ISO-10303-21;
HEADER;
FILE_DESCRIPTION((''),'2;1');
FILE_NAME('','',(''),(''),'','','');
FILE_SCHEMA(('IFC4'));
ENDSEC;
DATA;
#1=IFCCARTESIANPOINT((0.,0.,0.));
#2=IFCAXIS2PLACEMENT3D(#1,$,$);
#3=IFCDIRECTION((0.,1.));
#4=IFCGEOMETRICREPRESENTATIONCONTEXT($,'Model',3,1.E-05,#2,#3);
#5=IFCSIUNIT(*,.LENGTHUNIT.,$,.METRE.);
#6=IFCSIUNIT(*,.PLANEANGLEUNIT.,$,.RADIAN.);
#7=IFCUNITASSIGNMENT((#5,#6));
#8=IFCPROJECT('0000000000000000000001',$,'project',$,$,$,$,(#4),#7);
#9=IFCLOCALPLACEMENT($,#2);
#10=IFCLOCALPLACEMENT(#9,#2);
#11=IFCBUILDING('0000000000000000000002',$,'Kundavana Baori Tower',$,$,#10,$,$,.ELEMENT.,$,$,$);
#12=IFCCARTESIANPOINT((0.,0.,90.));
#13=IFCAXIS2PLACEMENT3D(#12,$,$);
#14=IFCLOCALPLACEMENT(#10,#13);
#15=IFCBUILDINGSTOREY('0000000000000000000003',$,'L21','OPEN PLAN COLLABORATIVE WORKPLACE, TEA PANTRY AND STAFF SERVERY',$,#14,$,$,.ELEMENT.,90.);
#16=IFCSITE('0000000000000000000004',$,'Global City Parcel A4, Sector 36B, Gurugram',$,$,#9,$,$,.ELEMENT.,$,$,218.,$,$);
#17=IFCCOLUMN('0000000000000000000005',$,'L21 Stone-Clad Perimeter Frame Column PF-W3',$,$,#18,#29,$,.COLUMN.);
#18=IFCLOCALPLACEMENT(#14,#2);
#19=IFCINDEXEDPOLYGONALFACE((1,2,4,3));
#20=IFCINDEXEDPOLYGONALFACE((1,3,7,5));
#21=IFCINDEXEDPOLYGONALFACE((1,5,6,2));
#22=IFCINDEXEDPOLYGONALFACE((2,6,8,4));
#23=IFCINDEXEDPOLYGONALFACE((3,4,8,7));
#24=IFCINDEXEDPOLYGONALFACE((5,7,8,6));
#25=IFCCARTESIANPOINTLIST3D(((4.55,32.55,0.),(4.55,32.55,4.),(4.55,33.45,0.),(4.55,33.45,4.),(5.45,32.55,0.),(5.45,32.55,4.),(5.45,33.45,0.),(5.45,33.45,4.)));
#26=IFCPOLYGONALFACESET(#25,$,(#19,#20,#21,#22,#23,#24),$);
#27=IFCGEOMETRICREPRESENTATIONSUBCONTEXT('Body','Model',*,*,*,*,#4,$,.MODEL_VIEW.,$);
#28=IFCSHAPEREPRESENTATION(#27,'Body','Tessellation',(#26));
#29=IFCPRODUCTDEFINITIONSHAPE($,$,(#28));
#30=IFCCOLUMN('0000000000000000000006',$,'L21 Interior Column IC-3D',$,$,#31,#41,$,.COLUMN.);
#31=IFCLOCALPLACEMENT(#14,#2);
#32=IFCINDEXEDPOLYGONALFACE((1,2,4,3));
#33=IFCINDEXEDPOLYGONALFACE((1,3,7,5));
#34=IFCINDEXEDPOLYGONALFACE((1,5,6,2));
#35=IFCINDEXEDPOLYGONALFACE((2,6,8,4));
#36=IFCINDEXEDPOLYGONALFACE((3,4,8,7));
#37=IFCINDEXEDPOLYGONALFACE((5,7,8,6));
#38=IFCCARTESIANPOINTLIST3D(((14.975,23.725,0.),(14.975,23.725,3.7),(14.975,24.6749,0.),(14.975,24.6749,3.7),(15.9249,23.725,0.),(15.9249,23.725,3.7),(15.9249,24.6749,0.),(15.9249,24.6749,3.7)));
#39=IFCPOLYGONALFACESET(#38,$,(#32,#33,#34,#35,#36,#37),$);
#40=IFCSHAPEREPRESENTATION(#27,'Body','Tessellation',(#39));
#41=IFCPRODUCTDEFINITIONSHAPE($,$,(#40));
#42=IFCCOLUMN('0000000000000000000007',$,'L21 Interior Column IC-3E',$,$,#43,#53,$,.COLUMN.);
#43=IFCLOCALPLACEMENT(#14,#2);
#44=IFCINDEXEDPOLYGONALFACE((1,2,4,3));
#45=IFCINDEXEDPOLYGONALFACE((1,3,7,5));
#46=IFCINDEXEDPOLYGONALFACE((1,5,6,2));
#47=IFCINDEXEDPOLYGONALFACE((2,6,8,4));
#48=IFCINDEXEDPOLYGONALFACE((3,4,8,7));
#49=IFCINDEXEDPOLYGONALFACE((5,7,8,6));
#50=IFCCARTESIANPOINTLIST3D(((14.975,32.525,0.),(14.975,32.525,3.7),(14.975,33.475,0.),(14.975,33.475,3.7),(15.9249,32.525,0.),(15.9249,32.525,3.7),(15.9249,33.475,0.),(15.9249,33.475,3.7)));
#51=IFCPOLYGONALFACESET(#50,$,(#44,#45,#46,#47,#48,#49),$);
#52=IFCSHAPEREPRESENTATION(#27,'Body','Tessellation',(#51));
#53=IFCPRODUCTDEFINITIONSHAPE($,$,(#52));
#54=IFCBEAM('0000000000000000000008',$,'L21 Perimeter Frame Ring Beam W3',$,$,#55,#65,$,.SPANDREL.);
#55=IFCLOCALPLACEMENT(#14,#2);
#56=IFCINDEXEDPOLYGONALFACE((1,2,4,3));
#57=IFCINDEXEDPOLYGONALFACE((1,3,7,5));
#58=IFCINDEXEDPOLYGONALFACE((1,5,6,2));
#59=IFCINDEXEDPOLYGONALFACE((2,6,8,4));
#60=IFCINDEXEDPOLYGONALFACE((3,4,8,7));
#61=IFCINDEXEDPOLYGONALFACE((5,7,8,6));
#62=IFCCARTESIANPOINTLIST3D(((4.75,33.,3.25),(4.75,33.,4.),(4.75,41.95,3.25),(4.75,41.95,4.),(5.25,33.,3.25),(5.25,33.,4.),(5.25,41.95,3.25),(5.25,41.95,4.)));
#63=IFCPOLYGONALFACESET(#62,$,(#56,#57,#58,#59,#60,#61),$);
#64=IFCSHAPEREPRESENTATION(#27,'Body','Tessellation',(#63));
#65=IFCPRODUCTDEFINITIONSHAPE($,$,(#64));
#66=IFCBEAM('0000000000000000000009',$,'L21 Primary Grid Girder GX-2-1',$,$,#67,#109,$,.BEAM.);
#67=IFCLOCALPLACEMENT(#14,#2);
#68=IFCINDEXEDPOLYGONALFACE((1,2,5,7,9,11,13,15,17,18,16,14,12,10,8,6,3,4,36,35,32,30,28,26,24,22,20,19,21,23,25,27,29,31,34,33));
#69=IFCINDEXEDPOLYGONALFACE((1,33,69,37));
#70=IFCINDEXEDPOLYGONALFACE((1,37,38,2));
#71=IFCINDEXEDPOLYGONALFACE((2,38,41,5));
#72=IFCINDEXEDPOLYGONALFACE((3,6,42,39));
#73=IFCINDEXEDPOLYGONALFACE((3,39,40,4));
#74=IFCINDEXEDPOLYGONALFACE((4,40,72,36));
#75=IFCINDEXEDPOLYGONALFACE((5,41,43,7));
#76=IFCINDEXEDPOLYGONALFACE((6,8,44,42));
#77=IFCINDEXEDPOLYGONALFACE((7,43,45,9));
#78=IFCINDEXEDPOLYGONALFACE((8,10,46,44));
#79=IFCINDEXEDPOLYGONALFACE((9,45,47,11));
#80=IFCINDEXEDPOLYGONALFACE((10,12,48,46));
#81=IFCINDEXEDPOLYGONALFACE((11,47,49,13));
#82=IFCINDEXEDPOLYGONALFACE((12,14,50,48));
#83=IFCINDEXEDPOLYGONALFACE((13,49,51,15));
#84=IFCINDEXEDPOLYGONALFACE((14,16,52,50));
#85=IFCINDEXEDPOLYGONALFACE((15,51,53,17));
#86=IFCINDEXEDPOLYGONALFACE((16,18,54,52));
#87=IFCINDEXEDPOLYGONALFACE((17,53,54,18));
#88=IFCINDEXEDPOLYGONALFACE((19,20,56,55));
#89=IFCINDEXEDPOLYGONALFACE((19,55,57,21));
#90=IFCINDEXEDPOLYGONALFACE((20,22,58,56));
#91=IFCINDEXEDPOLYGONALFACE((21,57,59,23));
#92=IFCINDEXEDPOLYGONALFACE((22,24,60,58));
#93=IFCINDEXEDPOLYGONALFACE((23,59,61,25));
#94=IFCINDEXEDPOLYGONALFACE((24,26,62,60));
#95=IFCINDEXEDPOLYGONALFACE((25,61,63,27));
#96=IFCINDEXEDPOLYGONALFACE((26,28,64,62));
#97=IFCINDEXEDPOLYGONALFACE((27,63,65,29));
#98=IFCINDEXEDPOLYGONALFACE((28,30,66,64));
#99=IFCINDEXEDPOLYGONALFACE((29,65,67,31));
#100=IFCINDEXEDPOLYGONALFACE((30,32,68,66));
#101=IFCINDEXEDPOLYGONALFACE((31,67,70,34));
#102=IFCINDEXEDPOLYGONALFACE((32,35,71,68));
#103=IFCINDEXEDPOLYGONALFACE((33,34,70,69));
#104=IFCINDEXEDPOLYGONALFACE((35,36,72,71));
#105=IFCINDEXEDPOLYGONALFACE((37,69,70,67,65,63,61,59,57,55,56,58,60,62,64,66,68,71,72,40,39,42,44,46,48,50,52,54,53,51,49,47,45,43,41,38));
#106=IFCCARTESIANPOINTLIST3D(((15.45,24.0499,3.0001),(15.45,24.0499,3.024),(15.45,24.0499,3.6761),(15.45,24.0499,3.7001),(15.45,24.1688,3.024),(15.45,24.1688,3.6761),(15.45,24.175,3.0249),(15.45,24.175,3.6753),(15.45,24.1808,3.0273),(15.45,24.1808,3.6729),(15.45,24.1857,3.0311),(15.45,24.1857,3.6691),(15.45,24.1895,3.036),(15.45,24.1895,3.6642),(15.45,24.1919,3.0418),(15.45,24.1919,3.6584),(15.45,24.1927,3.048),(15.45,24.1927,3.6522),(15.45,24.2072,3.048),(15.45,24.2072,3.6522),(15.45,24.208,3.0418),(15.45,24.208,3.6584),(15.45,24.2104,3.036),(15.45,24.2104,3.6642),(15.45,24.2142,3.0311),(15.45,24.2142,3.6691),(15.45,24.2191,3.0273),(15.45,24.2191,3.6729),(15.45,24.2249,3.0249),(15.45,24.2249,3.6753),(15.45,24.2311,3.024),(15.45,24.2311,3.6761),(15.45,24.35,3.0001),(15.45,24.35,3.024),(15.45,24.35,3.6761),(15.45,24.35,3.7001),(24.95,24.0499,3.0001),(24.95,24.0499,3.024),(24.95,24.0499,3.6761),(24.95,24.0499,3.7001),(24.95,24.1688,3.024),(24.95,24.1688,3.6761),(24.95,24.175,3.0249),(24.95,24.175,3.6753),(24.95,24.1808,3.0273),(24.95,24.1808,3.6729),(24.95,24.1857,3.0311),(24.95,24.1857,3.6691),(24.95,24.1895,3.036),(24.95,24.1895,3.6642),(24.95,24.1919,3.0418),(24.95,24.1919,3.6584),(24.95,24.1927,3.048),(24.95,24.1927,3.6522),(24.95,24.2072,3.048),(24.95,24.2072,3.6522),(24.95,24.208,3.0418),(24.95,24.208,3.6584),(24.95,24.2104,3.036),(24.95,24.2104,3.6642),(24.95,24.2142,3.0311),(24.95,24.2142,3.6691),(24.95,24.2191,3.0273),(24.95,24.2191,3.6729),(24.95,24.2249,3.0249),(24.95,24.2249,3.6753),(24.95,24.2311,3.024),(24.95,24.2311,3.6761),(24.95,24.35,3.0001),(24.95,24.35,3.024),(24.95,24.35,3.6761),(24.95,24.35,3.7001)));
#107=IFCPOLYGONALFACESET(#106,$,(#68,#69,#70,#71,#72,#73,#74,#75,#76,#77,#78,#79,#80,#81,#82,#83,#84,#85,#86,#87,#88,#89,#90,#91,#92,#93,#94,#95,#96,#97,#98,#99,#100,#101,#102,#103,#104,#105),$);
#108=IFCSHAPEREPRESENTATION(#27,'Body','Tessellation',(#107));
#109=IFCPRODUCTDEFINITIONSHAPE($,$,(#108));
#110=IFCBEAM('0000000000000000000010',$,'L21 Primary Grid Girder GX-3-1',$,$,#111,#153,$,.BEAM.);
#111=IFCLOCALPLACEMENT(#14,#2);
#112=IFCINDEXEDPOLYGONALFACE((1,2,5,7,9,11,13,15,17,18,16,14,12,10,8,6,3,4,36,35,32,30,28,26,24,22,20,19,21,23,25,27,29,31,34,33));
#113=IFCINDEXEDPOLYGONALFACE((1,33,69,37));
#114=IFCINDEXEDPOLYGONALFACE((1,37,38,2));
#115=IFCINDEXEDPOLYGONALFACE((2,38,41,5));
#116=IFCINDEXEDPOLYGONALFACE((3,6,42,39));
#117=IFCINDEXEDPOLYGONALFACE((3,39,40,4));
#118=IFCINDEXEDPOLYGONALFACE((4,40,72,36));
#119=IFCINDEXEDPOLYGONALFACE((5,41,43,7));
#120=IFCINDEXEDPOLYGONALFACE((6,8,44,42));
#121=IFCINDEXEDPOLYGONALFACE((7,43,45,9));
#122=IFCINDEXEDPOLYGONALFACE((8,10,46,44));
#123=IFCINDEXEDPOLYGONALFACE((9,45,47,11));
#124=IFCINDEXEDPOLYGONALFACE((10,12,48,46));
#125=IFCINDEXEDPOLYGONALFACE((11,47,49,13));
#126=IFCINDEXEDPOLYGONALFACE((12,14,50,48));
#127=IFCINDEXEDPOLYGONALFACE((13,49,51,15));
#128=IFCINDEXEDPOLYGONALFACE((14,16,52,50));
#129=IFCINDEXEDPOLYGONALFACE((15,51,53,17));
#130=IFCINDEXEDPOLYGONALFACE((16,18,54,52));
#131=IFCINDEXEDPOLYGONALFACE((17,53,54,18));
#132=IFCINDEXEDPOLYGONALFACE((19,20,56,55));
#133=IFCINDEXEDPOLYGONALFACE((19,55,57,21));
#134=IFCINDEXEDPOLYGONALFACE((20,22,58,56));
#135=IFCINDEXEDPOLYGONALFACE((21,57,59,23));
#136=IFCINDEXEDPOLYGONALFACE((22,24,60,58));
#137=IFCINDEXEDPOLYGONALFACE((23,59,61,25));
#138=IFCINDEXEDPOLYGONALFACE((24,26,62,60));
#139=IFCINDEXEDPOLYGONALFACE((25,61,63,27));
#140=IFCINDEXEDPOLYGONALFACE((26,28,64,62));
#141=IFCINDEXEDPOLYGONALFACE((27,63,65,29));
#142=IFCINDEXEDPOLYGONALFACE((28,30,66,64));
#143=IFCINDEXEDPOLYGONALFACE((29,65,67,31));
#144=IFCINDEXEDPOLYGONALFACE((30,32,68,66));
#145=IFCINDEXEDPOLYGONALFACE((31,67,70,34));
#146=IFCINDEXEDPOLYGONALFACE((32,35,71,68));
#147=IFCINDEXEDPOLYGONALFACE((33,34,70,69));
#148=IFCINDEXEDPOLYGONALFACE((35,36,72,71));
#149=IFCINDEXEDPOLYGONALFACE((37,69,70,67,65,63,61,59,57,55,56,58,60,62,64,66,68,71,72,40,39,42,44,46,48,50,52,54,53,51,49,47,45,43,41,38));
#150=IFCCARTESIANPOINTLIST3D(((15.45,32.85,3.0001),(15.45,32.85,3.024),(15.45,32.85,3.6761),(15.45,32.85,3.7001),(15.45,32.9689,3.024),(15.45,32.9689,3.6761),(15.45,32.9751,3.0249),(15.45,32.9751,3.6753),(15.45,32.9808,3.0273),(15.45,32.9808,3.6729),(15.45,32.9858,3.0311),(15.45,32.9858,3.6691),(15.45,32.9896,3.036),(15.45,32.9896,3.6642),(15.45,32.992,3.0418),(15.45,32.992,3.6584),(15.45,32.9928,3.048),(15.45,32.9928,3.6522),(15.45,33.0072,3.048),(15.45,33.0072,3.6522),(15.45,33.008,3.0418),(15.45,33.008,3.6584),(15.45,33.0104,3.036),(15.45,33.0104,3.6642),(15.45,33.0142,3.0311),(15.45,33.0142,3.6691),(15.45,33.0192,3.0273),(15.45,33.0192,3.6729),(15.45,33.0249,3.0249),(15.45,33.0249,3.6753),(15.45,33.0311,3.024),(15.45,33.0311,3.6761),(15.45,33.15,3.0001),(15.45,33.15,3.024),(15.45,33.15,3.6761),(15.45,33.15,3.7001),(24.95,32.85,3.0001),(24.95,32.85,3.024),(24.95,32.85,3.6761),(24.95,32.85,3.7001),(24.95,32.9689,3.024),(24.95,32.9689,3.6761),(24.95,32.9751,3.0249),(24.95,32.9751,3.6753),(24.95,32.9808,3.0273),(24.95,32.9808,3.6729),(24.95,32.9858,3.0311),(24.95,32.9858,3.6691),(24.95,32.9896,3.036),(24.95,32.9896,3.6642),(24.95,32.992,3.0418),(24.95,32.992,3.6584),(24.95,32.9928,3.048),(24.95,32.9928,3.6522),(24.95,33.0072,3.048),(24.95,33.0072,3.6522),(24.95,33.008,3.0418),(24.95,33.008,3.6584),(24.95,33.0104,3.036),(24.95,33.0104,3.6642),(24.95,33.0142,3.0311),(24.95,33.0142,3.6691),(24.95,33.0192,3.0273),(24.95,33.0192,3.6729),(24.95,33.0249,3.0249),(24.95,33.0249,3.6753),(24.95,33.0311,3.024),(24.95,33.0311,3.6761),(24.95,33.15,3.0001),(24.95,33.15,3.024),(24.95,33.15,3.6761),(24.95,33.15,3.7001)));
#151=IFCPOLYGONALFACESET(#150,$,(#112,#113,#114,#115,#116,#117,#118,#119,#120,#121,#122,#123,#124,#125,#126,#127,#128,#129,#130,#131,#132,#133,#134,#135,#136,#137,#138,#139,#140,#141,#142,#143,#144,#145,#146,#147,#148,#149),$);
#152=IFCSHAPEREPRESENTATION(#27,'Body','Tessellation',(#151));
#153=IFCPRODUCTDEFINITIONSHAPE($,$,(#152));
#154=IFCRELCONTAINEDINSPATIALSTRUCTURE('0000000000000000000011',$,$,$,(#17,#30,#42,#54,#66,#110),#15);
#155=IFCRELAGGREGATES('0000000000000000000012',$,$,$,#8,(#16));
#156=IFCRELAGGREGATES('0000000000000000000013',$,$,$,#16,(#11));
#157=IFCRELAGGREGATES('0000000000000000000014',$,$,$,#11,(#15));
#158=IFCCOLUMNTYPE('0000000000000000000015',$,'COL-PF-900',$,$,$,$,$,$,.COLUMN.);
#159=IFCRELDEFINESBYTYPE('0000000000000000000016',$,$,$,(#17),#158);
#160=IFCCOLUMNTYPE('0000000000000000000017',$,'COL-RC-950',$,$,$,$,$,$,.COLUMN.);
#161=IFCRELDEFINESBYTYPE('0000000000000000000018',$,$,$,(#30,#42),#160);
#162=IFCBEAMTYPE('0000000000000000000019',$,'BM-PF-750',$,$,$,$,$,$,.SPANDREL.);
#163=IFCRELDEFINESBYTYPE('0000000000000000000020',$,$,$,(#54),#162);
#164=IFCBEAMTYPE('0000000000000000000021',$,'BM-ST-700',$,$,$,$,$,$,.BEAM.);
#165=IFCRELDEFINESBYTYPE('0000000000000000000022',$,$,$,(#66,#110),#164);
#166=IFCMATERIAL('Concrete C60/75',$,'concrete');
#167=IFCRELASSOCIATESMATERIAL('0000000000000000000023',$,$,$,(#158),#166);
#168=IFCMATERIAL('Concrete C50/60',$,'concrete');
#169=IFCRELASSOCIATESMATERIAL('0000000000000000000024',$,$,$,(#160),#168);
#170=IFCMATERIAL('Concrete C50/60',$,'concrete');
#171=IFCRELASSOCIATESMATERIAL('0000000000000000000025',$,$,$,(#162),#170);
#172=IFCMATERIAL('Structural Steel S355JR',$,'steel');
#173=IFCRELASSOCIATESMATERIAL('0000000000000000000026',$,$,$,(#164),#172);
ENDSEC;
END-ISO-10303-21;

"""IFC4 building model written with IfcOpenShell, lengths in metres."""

from ifc_helpers import new_model, si_unit, direction, frame, origin, origin_2d, place, context, subcontext, project, spatial, rectangle, i_section, extrude, material, material_profile, profile_set, type_object, element, save


model = new_model("IFC4")

# Units and contexts
model_context = context("Model", 3, precision=1e-05, world=origin(), true_north=direction((0.0, 1.0)))
body_context = subcontext(model_context, "Body", "Model", "MODEL_VIEW")
ifc_project = project(units=[si_unit("LENGTHUNIT", "METRE"), si_unit("PLANEANGLEUNIT", "RADIAN")], contexts=[model_context])

# Site, building, storey
site_placement = place(None, origin())
site = spatial("IfcSite", under=ifc_project, at=site_placement, Name="Global City Parcel A4, Sector 36B, Gurugram", CompositionType="ELEMENT", RefElevation=218.0)
building_placement = place(site_placement, origin())
building = spatial("IfcBuilding", under=site, at=building_placement, Name="Kundavana Baori Tower", CompositionType="ELEMENT")
storey_placement = place(building_placement, frame((0.0, 0.0, 90.0)))
storey = spatial("IfcBuildingStorey", under=building, at=storey_placement, Name="L21", Description="OPEN PLAN COLLABORATIVE WORKPLACE, TEA PANTRY AND STAFF SERVERY", CompositionType="ELEMENT", Elevation=90.0)

# Columns
ifc_material_1 = material(Name="Concrete C60/75", Category="concrete")
ifc_material_profile_1 = material_profile(ifc_material_1, rectangle(XDim=0.8999, YDim=0.8999, at=origin_2d()), Name="RC PF 900x900")
ifc_profile_set_1 = profile_set([ifc_material_profile_1], Name="Concrete C60/75")
column_type_1 = type_object("IfcColumnType", Name="COL-PF-900", PredefinedType="COLUMN", material=ifc_profile_set_1)
column_placement = place(storey_placement, frame((5.0, 33.0, 0.0), z_axis=(0.0, 0.0, 1.0), x_axis=(1.0, 0.0, 0.0)))
element("IfcColumn", 1, at=column_placement, inside=storey, type_object=column_type_1, Name="L21 Stone-Clad Perimeter Frame Column PF-W3", PredefinedType="COLUMN", context=body_context, shape_type="SweptSolid", body=[
    extrude(rectangle(XDim=0.8999, YDim=0.8999, at=origin_2d()), origin(), (0.0, 0.0, 1.0), 4.0),
])
ifc_material_2 = material(Name="Concrete C50/60", Category="concrete")
ifc_material_profile_2 = material_profile(ifc_material_2, rectangle(XDim=0.95, YDim=0.95, at=origin_2d()), Name="RC 950x950")
ifc_profile_set_2 = profile_set([ifc_material_profile_2], Name="Concrete C50/60")
column_type_2 = type_object("IfcColumnType", Name="COL-RC-950", PredefinedType="COLUMN", material=ifc_profile_set_2)
for number, where, z_axis, x_axis, name in (
    (2, (15.45, 24.2, 0.0), (0.0, 0.0, 1.0), (1.0, 0.0, 0.0), "L21 Interior Column IC-3D"),
    (3, (15.45, 33.0, 0.0), (0.0, 0.0, 1.0), (1.0, 0.0, 0.0), "L21 Interior Column IC-3E"),
):
    element("IfcColumn", number, at=place(storey_placement, frame(where, z_axis=z_axis, x_axis=x_axis)), inside=storey, type_object=column_type_2, Name=name, PredefinedType="COLUMN", context=body_context, shape_type="SweptSolid", body=[
        extrude(rectangle(XDim=0.95, YDim=0.95, at=origin_2d()), origin(), (0.0, 0.0, 1.0), 3.7),
    ])

# Beams
ifc_material_3 = material(Name="Concrete C50/60", Category="concrete")
ifc_material_profile_3 = material_profile(ifc_material_3, rectangle(XDim=0.5, YDim=0.75, at=origin_2d()), Name="RC BM 500x750")
ifc_profile_set_3 = profile_set([ifc_material_profile_3], Name="Concrete C50/60")
beam_type_1 = type_object("IfcBeamType", Name="BM-PF-750", PredefinedType="SPANDREL", material=ifc_profile_set_3)
beam_placement = place(storey_placement, frame((5.0, 33.0, 3.625), z_axis=(0.0, 1.0, 0.0), x_axis=(-1.0, 0.0, 0.0)))
element("IfcBeam", 4, at=beam_placement, inside=storey, type_object=beam_type_1, Name="L21 Perimeter Frame Ring Beam W3", PredefinedType="SPANDREL", context=body_context, shape_type="SweptSolid", body=[
    extrude(rectangle(XDim=0.5, YDim=0.75, at=origin_2d()), origin(), (0.0, 0.0, 1.0), 8.95),
])
ifc_material_4 = material(Name="Structural Steel S355JR", Category="steel")
ifc_material_profile_4 = material_profile(ifc_material_4, i_section(OverallWidth=0.3, OverallDepth=0.7, WebThickness=0.0144, FlangeThickness=0.0239, FilletRadius=0.0239, at=origin_2d()), Name="NPB 700x300x170")
ifc_profile_set_4 = profile_set([ifc_material_profile_4], Name="Structural Steel S355JR")
beam_type_2 = type_object("IfcBeamType", Name="BM-ST-700", PredefinedType="BEAM", material=ifc_profile_set_4)
for number, where, z_axis, x_axis, name in (
    (5, (15.45, 24.2, 3.3501), (1.0, 0.0, 0.0), (0.0, 1.0, 0.0), "L21 Primary Grid Girder GX-2-1"),
    (6, (15.45, 33.0, 3.3501), (1.0, 0.0, 0.0), (0.0, 1.0, 0.0), "L21 Primary Grid Girder GX-3-1"),
):
    element("IfcBeam", number, at=place(storey_placement, frame(where, z_axis=z_axis, x_axis=x_axis)), inside=storey, type_object=beam_type_2, Name=name, PredefinedType="BEAM", context=body_context, shape_type="SweptSolid", body=[
        extrude(i_section(OverallWidth=0.3, OverallDepth=0.7, WebThickness=0.0144, FlangeThickness=0.0239, FilletRadius=0.0239, at=origin_2d()), origin(), (0.0, 0.0, 1.0), 9.5),
    ])

save(model, "model.ifc")
